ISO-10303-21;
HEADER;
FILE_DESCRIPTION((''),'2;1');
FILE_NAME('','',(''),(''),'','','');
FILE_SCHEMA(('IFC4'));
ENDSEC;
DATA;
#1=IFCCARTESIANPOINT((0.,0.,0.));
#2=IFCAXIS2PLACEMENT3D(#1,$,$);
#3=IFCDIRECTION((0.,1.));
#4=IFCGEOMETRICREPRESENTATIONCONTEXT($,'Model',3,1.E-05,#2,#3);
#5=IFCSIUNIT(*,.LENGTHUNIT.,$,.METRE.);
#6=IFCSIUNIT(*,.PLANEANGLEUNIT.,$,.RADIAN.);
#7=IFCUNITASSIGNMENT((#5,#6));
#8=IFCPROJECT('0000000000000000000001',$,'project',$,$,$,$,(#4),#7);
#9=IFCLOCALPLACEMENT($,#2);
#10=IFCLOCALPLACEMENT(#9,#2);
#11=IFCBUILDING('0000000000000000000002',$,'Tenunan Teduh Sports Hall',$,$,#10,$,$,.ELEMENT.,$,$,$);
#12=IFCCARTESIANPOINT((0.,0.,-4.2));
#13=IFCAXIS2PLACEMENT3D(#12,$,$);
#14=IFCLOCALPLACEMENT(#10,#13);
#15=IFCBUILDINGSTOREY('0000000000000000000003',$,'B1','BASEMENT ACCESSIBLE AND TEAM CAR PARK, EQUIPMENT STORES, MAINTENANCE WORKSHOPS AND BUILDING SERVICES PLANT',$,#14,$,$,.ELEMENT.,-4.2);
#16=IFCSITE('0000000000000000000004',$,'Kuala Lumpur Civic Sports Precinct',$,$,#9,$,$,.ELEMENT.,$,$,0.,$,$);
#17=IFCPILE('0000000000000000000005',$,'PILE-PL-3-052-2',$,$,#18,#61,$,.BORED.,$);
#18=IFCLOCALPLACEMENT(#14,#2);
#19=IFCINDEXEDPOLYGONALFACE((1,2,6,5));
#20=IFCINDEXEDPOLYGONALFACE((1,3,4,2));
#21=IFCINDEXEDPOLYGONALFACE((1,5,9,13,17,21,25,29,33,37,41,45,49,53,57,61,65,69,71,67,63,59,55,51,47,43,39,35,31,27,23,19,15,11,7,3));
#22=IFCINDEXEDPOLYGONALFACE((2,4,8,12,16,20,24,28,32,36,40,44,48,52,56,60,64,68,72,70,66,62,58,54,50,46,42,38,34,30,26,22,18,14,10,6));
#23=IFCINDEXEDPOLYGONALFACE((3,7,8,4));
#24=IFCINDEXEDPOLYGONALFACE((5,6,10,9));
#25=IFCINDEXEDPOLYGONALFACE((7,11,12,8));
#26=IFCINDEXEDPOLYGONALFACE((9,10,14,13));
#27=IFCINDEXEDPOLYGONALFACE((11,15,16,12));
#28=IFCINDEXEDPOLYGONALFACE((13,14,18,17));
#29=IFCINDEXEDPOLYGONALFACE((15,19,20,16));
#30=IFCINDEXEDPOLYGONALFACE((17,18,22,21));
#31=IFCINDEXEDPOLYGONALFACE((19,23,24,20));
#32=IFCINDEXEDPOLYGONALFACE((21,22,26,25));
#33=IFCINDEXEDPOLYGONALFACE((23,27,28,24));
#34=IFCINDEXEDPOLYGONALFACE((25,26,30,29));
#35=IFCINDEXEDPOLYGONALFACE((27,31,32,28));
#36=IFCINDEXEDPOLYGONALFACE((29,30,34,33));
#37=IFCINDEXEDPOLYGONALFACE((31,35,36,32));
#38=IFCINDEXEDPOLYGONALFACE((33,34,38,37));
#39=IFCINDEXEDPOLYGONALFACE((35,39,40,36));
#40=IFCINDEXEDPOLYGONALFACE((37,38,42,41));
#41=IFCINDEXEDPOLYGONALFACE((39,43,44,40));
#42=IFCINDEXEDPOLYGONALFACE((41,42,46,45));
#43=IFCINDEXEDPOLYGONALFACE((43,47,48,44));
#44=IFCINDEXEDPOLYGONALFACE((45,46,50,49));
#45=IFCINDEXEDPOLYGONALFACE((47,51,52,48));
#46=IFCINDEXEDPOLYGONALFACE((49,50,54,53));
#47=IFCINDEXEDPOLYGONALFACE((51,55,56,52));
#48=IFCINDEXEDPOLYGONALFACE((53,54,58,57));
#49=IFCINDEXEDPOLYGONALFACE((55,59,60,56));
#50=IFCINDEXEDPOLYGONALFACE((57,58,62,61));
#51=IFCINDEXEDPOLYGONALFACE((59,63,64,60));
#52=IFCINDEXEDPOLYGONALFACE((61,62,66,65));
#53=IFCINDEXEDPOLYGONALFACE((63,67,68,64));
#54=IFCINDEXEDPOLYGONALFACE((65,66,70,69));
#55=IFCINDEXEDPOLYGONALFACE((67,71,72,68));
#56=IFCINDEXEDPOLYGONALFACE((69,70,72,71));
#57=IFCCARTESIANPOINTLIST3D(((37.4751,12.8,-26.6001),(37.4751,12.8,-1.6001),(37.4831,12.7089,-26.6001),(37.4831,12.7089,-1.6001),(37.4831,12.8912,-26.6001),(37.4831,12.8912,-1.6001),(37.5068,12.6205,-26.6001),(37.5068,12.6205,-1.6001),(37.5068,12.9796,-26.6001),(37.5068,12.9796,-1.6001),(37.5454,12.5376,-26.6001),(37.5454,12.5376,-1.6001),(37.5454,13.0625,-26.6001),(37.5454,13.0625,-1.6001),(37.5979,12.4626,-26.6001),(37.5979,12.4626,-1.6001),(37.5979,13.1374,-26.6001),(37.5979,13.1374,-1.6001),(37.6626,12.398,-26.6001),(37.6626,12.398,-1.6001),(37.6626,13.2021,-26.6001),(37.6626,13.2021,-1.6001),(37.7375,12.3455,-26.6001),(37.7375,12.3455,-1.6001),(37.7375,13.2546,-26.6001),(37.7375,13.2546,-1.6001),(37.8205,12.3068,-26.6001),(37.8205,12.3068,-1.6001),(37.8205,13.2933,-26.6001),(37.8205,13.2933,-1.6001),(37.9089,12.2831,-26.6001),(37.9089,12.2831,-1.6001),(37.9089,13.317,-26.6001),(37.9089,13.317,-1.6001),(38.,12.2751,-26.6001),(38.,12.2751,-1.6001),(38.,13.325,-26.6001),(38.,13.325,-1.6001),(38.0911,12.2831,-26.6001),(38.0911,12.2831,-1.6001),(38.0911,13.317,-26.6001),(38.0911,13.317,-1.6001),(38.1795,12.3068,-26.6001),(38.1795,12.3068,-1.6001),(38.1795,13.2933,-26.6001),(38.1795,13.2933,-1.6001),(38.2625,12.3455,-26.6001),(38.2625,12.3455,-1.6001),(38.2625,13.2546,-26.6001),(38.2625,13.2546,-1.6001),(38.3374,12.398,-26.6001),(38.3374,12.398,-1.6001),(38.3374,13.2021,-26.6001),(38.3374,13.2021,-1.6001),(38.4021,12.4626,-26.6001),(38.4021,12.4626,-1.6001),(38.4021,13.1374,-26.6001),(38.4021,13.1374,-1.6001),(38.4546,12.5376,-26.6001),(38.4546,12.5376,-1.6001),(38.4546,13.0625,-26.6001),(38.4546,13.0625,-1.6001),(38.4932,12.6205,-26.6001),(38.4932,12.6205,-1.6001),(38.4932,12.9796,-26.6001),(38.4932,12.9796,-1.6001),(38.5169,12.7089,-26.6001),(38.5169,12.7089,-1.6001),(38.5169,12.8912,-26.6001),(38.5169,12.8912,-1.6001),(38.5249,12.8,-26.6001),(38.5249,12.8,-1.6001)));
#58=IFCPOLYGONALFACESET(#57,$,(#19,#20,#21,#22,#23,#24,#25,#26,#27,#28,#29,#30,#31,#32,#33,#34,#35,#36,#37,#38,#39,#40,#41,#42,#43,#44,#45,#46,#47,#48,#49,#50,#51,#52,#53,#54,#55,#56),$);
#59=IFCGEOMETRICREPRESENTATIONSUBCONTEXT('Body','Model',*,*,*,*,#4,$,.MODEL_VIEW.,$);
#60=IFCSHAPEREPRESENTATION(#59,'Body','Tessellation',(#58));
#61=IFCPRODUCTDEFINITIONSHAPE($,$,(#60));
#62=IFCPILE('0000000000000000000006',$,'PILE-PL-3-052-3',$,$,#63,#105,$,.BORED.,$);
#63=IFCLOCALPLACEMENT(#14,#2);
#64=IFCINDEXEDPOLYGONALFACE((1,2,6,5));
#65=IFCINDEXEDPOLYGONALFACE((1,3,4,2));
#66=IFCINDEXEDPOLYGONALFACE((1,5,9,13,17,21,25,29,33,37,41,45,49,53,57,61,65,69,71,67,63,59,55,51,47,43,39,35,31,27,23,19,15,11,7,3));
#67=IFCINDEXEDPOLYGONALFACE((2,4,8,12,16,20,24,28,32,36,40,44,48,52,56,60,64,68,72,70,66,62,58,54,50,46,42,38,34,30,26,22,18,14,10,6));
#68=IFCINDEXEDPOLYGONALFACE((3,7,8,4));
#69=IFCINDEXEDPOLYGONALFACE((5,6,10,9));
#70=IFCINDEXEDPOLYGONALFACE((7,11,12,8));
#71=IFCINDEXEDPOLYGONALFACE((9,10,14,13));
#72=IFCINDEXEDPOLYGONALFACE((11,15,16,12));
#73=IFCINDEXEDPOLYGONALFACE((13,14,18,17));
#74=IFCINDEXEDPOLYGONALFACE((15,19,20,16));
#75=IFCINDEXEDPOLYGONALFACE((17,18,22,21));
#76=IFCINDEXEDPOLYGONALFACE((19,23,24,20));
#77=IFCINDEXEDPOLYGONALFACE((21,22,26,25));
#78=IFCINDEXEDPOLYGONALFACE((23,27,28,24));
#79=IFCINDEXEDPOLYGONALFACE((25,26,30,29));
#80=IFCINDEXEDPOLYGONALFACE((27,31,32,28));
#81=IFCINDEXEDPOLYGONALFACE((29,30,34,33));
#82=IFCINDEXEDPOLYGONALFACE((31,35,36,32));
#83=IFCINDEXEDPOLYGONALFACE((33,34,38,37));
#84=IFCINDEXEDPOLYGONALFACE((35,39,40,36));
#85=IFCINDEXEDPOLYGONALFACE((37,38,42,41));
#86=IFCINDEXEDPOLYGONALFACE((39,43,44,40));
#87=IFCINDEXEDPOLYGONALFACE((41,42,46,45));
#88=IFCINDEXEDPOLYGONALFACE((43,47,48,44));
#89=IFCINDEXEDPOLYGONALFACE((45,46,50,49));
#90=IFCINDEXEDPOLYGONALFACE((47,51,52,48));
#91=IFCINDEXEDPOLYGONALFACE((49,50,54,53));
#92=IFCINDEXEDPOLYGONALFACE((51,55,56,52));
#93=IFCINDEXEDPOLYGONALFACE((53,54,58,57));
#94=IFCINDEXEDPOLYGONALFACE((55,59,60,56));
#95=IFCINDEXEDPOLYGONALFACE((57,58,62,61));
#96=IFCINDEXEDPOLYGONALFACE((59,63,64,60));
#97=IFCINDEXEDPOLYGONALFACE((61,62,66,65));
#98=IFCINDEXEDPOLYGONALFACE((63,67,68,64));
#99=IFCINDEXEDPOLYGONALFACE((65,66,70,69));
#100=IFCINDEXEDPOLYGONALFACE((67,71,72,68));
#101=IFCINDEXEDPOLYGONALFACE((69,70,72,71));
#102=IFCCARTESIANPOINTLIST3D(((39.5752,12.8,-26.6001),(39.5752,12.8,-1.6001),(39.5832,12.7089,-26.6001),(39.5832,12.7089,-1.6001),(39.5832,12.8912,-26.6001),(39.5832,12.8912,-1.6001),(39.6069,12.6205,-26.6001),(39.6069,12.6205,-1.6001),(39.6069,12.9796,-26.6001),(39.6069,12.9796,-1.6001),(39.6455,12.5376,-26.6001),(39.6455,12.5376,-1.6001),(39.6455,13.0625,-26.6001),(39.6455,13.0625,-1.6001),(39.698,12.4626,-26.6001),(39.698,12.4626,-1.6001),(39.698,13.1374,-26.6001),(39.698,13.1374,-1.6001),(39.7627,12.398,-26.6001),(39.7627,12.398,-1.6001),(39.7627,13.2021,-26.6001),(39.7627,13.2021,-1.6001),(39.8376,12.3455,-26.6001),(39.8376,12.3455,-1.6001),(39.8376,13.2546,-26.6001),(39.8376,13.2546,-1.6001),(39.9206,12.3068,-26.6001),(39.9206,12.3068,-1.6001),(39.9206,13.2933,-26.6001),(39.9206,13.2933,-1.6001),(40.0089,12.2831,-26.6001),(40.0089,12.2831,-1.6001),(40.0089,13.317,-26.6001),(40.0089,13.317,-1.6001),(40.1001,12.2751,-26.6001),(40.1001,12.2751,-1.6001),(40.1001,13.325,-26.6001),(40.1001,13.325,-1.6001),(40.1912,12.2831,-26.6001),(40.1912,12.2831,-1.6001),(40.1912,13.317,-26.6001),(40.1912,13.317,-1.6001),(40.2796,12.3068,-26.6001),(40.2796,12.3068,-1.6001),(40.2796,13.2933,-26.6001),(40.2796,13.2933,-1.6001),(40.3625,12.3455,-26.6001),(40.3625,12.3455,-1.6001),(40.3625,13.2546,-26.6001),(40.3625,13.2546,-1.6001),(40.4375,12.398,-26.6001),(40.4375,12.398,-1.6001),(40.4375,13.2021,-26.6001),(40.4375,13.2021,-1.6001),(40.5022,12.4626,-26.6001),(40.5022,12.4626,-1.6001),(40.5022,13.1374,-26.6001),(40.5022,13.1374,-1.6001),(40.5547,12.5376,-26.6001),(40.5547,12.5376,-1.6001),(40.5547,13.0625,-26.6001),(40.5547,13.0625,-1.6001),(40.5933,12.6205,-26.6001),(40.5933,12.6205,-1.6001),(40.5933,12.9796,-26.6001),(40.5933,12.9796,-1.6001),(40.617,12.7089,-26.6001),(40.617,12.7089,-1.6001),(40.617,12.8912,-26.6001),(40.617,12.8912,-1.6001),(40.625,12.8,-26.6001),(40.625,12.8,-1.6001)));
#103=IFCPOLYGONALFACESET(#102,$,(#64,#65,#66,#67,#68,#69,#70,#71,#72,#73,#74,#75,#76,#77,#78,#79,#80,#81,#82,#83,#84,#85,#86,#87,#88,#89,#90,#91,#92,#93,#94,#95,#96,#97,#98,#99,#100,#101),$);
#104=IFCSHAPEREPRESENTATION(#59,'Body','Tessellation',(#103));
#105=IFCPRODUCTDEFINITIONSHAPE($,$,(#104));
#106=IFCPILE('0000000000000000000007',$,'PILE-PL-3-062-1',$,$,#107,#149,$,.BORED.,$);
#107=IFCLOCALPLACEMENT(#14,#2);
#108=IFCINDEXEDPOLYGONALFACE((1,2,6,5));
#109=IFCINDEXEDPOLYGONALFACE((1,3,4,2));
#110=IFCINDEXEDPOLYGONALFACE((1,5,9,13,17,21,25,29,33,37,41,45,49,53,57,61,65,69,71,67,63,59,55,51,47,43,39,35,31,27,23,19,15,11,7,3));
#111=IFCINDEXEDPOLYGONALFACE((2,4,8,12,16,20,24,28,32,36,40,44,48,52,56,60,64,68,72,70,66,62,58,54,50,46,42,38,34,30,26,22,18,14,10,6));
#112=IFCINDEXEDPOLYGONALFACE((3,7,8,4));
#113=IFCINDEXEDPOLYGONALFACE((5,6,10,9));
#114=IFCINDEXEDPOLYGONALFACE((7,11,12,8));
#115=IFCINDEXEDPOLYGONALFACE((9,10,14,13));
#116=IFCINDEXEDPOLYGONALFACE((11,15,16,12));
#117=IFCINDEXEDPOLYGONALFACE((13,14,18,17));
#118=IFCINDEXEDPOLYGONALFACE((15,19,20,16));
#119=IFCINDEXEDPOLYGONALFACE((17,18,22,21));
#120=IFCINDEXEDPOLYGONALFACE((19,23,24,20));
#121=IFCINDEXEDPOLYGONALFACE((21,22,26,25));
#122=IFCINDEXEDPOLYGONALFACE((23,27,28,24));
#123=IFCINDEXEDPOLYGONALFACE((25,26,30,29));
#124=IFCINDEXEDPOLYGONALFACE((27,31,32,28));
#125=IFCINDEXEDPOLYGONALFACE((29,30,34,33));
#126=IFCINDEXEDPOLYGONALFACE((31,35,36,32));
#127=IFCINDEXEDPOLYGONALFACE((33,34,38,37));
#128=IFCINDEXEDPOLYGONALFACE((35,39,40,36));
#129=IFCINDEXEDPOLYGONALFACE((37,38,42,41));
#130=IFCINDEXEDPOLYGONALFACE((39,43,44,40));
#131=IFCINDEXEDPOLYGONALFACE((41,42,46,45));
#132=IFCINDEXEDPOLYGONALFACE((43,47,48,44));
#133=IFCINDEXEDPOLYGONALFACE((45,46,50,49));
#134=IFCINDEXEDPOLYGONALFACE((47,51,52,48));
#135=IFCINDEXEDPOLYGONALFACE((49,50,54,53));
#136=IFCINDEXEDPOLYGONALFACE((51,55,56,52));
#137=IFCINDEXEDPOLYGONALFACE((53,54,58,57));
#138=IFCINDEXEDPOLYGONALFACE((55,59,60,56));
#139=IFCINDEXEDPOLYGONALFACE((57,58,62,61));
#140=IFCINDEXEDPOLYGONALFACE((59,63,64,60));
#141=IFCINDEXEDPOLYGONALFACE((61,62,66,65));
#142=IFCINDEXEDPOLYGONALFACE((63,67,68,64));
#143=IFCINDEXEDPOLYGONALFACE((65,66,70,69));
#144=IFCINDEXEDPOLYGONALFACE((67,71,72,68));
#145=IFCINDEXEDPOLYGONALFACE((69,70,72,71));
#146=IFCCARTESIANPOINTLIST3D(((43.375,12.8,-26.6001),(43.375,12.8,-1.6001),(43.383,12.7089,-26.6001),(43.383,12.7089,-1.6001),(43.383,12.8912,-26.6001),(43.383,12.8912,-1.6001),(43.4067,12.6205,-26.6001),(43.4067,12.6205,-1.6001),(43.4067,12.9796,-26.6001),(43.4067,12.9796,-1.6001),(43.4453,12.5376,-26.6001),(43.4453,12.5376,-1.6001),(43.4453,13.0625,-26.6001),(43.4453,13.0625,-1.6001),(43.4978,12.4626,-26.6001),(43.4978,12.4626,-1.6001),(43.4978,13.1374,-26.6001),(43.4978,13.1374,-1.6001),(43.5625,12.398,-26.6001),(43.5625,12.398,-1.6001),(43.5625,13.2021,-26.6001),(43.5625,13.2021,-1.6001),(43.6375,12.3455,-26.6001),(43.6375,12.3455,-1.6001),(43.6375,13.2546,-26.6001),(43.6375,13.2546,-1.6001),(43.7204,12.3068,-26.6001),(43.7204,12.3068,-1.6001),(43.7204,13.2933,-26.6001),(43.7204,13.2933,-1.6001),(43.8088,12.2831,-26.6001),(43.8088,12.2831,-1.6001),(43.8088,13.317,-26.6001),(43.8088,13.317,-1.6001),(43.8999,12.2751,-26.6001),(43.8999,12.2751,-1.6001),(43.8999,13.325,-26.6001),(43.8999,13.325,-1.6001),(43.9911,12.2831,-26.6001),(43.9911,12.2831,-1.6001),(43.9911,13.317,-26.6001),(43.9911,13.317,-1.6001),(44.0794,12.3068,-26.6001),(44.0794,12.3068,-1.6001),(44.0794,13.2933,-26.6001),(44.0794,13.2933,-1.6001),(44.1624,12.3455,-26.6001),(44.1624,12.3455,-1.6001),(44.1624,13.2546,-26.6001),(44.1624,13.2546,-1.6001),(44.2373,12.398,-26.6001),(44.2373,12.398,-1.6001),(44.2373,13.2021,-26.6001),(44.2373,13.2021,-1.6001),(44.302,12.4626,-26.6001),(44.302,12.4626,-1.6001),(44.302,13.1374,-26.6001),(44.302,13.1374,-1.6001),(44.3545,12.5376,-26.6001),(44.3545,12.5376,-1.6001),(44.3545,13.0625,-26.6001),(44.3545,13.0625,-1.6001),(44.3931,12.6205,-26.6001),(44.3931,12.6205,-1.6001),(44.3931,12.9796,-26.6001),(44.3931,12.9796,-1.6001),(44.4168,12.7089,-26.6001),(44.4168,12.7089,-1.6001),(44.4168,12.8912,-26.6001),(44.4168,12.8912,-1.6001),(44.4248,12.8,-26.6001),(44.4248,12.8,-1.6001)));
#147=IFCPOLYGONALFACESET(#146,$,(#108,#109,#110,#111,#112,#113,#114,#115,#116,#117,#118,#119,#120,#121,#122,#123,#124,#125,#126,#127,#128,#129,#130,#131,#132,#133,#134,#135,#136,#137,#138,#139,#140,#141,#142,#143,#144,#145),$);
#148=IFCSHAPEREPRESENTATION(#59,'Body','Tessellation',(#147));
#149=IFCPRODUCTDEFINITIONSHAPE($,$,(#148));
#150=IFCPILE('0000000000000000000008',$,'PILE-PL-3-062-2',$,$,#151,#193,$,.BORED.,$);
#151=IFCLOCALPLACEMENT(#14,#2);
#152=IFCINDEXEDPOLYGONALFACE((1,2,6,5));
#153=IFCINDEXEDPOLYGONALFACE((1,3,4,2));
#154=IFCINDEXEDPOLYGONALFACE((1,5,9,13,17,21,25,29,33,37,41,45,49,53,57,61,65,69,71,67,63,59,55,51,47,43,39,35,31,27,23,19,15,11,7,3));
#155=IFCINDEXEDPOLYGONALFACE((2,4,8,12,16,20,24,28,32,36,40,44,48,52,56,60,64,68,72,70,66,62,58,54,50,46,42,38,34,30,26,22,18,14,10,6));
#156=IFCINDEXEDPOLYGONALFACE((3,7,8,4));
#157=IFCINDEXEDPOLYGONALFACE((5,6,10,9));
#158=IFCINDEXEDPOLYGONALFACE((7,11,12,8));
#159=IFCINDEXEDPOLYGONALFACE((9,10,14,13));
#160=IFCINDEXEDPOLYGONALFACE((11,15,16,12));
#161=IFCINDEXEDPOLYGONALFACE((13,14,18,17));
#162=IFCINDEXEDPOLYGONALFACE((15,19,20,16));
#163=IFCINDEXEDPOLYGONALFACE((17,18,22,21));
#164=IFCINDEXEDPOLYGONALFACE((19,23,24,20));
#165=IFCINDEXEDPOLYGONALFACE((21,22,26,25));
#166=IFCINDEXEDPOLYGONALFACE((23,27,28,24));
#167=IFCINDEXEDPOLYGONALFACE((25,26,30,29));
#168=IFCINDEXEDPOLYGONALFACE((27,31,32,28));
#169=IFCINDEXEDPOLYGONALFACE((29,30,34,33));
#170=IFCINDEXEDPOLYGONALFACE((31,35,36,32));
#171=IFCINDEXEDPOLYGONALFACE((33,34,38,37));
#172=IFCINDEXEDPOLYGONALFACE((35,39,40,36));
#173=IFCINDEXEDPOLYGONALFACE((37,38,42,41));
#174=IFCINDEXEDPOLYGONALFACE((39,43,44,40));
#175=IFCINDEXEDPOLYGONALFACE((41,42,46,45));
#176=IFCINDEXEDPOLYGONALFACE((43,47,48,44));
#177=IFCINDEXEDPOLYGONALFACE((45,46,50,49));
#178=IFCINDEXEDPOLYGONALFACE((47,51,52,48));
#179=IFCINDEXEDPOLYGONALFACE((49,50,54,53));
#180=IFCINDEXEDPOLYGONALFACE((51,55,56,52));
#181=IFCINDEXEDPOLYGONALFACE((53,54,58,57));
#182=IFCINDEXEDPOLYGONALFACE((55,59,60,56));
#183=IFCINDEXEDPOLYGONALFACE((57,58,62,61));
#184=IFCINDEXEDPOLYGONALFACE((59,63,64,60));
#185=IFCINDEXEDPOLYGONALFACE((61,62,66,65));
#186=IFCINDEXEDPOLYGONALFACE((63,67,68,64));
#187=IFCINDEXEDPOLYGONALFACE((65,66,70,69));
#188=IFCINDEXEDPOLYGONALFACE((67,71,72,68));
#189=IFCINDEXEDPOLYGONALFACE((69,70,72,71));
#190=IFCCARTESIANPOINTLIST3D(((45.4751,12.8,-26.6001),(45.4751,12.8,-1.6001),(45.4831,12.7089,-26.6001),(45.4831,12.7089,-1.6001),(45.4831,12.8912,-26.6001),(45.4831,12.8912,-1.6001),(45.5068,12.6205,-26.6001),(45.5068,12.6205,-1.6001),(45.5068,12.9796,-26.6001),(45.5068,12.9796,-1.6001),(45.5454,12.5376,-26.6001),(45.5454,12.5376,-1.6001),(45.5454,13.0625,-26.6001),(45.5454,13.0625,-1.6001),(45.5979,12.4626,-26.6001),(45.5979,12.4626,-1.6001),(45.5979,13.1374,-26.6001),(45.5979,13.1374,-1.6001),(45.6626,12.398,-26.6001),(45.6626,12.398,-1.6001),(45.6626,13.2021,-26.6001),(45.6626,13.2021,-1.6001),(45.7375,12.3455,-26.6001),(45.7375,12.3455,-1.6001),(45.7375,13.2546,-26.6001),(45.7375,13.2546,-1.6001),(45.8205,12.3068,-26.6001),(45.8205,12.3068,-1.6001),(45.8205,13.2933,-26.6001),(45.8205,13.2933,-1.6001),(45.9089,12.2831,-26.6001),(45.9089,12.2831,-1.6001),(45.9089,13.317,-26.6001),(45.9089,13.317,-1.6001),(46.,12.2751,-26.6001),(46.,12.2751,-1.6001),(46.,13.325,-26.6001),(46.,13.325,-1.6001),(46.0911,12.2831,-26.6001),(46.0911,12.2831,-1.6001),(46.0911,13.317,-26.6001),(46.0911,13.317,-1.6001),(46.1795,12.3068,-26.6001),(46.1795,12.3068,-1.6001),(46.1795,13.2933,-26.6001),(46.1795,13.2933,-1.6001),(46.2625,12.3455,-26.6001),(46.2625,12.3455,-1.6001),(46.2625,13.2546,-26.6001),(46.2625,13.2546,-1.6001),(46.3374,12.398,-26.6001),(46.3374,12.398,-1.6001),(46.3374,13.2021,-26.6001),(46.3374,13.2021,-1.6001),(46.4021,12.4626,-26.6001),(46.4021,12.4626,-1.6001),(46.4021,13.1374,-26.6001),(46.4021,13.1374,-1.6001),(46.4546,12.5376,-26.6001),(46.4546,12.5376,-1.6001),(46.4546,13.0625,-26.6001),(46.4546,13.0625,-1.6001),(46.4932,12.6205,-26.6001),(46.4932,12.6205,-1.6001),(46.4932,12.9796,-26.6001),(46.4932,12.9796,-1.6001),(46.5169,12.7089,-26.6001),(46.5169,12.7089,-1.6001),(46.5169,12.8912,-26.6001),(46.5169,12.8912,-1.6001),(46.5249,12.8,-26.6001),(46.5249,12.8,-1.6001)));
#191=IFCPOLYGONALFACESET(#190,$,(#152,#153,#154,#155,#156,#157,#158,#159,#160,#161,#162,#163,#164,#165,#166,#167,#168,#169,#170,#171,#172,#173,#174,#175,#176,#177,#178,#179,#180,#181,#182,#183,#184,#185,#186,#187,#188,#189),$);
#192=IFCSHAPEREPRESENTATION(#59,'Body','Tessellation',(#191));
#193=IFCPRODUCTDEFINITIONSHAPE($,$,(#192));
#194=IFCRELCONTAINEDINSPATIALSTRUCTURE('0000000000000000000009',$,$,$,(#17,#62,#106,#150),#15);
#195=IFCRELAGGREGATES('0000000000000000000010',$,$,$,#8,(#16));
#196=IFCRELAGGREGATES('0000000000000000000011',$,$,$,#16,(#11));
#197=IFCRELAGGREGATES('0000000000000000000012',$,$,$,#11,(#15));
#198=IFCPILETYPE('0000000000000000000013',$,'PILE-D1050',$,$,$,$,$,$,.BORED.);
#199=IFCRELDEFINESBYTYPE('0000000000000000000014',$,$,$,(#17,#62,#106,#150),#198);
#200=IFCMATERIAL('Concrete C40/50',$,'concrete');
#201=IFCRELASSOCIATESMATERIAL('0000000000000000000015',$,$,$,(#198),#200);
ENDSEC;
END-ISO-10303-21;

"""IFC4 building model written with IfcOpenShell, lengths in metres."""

from ifc_helpers import new_model, si_unit, direction, frame, origin, origin_2d, place, context, subcontext, project, spatial, circle, extrude, material, material_profile, profile_set, type_object, element, save


model = new_model("IFC4")

# Units and contexts
model_context = context("Model", 3, precision=1e-05, world=origin(), true_north=direction((0.0, 1.0)))
body_context = subcontext(model_context, "Body", "Model", "MODEL_VIEW")
ifc_project = project(units=[si_unit("LENGTHUNIT", "METRE"), si_unit("PLANEANGLEUNIT", "RADIAN")], contexts=[model_context])

# Site, building, storey
site_placement = place(None, origin())
site = spatial("IfcSite", under=ifc_project, at=site_placement, Name="Kuala Lumpur Civic Sports Precinct", CompositionType="ELEMENT", RefElevation=0.0)
building_placement = place(site_placement, origin())
building = spatial("IfcBuilding", under=site, at=building_placement, Name="Tenunan Teduh Sports Hall", CompositionType="ELEMENT")
storey_placement = place(building_placement, frame((0.0, 0.0, -4.2)))
storey = spatial("IfcBuildingStorey", under=building, at=storey_placement, Name="B1", Description="BASEMENT ACCESSIBLE AND TEAM CAR PARK, EQUIPMENT STORES, MAINTENANCE WORKSHOPS AND BUILDING SERVICES PLANT", CompositionType="ELEMENT", Elevation=-4.2)

# Piles
ifc_material_1 = material(Name="Concrete C40/50", Category="concrete")
ifc_material_profile_1 = material_profile(ifc_material_1, circle(Radius=0.5249, at=origin_2d()), Name="PILE D1050")
ifc_profile_set_1 = profile_set([ifc_material_profile_1], Name="Concrete C40/50")
pile_type = type_object("IfcPileType", Name="PILE-D1050", PredefinedType="BORED", material=ifc_profile_set_1)
for number, where, z_axis, x_axis, name in (
    (1, (38.0, 12.8, -1.6001), (0.0, 0.0, -1.0), (1.0, 0.0, 0.0), "PILE-PL-3-052-2"),
    (2, (40.1001, 12.8, -1.6001), (0.0, 0.0, -1.0), (1.0, 0.0, 0.0), "PILE-PL-3-052-3"),
    (3, (43.8999, 12.8, -1.6001), (0.0, 0.0, -1.0), (1.0, 0.0, 0.0), "PILE-PL-3-062-1"),
    (4, (46.0, 12.8, -1.6001), (0.0, 0.0, -1.0), (1.0, 0.0, 0.0), "PILE-PL-3-062-2"),
):
    element("IfcPile", number, at=place(storey_placement, frame(where, z_axis=z_axis, x_axis=x_axis)), inside=storey, type_object=pile_type, Name=name, PredefinedType="BORED", context=body_context, shape_type="SweptSolid", body=[
        extrude(circle(Radius=0.5249, at=origin_2d()), origin(), (0.0, 0.0, 1.0), 25.0),
    ])

save(model, "model.ifc")
